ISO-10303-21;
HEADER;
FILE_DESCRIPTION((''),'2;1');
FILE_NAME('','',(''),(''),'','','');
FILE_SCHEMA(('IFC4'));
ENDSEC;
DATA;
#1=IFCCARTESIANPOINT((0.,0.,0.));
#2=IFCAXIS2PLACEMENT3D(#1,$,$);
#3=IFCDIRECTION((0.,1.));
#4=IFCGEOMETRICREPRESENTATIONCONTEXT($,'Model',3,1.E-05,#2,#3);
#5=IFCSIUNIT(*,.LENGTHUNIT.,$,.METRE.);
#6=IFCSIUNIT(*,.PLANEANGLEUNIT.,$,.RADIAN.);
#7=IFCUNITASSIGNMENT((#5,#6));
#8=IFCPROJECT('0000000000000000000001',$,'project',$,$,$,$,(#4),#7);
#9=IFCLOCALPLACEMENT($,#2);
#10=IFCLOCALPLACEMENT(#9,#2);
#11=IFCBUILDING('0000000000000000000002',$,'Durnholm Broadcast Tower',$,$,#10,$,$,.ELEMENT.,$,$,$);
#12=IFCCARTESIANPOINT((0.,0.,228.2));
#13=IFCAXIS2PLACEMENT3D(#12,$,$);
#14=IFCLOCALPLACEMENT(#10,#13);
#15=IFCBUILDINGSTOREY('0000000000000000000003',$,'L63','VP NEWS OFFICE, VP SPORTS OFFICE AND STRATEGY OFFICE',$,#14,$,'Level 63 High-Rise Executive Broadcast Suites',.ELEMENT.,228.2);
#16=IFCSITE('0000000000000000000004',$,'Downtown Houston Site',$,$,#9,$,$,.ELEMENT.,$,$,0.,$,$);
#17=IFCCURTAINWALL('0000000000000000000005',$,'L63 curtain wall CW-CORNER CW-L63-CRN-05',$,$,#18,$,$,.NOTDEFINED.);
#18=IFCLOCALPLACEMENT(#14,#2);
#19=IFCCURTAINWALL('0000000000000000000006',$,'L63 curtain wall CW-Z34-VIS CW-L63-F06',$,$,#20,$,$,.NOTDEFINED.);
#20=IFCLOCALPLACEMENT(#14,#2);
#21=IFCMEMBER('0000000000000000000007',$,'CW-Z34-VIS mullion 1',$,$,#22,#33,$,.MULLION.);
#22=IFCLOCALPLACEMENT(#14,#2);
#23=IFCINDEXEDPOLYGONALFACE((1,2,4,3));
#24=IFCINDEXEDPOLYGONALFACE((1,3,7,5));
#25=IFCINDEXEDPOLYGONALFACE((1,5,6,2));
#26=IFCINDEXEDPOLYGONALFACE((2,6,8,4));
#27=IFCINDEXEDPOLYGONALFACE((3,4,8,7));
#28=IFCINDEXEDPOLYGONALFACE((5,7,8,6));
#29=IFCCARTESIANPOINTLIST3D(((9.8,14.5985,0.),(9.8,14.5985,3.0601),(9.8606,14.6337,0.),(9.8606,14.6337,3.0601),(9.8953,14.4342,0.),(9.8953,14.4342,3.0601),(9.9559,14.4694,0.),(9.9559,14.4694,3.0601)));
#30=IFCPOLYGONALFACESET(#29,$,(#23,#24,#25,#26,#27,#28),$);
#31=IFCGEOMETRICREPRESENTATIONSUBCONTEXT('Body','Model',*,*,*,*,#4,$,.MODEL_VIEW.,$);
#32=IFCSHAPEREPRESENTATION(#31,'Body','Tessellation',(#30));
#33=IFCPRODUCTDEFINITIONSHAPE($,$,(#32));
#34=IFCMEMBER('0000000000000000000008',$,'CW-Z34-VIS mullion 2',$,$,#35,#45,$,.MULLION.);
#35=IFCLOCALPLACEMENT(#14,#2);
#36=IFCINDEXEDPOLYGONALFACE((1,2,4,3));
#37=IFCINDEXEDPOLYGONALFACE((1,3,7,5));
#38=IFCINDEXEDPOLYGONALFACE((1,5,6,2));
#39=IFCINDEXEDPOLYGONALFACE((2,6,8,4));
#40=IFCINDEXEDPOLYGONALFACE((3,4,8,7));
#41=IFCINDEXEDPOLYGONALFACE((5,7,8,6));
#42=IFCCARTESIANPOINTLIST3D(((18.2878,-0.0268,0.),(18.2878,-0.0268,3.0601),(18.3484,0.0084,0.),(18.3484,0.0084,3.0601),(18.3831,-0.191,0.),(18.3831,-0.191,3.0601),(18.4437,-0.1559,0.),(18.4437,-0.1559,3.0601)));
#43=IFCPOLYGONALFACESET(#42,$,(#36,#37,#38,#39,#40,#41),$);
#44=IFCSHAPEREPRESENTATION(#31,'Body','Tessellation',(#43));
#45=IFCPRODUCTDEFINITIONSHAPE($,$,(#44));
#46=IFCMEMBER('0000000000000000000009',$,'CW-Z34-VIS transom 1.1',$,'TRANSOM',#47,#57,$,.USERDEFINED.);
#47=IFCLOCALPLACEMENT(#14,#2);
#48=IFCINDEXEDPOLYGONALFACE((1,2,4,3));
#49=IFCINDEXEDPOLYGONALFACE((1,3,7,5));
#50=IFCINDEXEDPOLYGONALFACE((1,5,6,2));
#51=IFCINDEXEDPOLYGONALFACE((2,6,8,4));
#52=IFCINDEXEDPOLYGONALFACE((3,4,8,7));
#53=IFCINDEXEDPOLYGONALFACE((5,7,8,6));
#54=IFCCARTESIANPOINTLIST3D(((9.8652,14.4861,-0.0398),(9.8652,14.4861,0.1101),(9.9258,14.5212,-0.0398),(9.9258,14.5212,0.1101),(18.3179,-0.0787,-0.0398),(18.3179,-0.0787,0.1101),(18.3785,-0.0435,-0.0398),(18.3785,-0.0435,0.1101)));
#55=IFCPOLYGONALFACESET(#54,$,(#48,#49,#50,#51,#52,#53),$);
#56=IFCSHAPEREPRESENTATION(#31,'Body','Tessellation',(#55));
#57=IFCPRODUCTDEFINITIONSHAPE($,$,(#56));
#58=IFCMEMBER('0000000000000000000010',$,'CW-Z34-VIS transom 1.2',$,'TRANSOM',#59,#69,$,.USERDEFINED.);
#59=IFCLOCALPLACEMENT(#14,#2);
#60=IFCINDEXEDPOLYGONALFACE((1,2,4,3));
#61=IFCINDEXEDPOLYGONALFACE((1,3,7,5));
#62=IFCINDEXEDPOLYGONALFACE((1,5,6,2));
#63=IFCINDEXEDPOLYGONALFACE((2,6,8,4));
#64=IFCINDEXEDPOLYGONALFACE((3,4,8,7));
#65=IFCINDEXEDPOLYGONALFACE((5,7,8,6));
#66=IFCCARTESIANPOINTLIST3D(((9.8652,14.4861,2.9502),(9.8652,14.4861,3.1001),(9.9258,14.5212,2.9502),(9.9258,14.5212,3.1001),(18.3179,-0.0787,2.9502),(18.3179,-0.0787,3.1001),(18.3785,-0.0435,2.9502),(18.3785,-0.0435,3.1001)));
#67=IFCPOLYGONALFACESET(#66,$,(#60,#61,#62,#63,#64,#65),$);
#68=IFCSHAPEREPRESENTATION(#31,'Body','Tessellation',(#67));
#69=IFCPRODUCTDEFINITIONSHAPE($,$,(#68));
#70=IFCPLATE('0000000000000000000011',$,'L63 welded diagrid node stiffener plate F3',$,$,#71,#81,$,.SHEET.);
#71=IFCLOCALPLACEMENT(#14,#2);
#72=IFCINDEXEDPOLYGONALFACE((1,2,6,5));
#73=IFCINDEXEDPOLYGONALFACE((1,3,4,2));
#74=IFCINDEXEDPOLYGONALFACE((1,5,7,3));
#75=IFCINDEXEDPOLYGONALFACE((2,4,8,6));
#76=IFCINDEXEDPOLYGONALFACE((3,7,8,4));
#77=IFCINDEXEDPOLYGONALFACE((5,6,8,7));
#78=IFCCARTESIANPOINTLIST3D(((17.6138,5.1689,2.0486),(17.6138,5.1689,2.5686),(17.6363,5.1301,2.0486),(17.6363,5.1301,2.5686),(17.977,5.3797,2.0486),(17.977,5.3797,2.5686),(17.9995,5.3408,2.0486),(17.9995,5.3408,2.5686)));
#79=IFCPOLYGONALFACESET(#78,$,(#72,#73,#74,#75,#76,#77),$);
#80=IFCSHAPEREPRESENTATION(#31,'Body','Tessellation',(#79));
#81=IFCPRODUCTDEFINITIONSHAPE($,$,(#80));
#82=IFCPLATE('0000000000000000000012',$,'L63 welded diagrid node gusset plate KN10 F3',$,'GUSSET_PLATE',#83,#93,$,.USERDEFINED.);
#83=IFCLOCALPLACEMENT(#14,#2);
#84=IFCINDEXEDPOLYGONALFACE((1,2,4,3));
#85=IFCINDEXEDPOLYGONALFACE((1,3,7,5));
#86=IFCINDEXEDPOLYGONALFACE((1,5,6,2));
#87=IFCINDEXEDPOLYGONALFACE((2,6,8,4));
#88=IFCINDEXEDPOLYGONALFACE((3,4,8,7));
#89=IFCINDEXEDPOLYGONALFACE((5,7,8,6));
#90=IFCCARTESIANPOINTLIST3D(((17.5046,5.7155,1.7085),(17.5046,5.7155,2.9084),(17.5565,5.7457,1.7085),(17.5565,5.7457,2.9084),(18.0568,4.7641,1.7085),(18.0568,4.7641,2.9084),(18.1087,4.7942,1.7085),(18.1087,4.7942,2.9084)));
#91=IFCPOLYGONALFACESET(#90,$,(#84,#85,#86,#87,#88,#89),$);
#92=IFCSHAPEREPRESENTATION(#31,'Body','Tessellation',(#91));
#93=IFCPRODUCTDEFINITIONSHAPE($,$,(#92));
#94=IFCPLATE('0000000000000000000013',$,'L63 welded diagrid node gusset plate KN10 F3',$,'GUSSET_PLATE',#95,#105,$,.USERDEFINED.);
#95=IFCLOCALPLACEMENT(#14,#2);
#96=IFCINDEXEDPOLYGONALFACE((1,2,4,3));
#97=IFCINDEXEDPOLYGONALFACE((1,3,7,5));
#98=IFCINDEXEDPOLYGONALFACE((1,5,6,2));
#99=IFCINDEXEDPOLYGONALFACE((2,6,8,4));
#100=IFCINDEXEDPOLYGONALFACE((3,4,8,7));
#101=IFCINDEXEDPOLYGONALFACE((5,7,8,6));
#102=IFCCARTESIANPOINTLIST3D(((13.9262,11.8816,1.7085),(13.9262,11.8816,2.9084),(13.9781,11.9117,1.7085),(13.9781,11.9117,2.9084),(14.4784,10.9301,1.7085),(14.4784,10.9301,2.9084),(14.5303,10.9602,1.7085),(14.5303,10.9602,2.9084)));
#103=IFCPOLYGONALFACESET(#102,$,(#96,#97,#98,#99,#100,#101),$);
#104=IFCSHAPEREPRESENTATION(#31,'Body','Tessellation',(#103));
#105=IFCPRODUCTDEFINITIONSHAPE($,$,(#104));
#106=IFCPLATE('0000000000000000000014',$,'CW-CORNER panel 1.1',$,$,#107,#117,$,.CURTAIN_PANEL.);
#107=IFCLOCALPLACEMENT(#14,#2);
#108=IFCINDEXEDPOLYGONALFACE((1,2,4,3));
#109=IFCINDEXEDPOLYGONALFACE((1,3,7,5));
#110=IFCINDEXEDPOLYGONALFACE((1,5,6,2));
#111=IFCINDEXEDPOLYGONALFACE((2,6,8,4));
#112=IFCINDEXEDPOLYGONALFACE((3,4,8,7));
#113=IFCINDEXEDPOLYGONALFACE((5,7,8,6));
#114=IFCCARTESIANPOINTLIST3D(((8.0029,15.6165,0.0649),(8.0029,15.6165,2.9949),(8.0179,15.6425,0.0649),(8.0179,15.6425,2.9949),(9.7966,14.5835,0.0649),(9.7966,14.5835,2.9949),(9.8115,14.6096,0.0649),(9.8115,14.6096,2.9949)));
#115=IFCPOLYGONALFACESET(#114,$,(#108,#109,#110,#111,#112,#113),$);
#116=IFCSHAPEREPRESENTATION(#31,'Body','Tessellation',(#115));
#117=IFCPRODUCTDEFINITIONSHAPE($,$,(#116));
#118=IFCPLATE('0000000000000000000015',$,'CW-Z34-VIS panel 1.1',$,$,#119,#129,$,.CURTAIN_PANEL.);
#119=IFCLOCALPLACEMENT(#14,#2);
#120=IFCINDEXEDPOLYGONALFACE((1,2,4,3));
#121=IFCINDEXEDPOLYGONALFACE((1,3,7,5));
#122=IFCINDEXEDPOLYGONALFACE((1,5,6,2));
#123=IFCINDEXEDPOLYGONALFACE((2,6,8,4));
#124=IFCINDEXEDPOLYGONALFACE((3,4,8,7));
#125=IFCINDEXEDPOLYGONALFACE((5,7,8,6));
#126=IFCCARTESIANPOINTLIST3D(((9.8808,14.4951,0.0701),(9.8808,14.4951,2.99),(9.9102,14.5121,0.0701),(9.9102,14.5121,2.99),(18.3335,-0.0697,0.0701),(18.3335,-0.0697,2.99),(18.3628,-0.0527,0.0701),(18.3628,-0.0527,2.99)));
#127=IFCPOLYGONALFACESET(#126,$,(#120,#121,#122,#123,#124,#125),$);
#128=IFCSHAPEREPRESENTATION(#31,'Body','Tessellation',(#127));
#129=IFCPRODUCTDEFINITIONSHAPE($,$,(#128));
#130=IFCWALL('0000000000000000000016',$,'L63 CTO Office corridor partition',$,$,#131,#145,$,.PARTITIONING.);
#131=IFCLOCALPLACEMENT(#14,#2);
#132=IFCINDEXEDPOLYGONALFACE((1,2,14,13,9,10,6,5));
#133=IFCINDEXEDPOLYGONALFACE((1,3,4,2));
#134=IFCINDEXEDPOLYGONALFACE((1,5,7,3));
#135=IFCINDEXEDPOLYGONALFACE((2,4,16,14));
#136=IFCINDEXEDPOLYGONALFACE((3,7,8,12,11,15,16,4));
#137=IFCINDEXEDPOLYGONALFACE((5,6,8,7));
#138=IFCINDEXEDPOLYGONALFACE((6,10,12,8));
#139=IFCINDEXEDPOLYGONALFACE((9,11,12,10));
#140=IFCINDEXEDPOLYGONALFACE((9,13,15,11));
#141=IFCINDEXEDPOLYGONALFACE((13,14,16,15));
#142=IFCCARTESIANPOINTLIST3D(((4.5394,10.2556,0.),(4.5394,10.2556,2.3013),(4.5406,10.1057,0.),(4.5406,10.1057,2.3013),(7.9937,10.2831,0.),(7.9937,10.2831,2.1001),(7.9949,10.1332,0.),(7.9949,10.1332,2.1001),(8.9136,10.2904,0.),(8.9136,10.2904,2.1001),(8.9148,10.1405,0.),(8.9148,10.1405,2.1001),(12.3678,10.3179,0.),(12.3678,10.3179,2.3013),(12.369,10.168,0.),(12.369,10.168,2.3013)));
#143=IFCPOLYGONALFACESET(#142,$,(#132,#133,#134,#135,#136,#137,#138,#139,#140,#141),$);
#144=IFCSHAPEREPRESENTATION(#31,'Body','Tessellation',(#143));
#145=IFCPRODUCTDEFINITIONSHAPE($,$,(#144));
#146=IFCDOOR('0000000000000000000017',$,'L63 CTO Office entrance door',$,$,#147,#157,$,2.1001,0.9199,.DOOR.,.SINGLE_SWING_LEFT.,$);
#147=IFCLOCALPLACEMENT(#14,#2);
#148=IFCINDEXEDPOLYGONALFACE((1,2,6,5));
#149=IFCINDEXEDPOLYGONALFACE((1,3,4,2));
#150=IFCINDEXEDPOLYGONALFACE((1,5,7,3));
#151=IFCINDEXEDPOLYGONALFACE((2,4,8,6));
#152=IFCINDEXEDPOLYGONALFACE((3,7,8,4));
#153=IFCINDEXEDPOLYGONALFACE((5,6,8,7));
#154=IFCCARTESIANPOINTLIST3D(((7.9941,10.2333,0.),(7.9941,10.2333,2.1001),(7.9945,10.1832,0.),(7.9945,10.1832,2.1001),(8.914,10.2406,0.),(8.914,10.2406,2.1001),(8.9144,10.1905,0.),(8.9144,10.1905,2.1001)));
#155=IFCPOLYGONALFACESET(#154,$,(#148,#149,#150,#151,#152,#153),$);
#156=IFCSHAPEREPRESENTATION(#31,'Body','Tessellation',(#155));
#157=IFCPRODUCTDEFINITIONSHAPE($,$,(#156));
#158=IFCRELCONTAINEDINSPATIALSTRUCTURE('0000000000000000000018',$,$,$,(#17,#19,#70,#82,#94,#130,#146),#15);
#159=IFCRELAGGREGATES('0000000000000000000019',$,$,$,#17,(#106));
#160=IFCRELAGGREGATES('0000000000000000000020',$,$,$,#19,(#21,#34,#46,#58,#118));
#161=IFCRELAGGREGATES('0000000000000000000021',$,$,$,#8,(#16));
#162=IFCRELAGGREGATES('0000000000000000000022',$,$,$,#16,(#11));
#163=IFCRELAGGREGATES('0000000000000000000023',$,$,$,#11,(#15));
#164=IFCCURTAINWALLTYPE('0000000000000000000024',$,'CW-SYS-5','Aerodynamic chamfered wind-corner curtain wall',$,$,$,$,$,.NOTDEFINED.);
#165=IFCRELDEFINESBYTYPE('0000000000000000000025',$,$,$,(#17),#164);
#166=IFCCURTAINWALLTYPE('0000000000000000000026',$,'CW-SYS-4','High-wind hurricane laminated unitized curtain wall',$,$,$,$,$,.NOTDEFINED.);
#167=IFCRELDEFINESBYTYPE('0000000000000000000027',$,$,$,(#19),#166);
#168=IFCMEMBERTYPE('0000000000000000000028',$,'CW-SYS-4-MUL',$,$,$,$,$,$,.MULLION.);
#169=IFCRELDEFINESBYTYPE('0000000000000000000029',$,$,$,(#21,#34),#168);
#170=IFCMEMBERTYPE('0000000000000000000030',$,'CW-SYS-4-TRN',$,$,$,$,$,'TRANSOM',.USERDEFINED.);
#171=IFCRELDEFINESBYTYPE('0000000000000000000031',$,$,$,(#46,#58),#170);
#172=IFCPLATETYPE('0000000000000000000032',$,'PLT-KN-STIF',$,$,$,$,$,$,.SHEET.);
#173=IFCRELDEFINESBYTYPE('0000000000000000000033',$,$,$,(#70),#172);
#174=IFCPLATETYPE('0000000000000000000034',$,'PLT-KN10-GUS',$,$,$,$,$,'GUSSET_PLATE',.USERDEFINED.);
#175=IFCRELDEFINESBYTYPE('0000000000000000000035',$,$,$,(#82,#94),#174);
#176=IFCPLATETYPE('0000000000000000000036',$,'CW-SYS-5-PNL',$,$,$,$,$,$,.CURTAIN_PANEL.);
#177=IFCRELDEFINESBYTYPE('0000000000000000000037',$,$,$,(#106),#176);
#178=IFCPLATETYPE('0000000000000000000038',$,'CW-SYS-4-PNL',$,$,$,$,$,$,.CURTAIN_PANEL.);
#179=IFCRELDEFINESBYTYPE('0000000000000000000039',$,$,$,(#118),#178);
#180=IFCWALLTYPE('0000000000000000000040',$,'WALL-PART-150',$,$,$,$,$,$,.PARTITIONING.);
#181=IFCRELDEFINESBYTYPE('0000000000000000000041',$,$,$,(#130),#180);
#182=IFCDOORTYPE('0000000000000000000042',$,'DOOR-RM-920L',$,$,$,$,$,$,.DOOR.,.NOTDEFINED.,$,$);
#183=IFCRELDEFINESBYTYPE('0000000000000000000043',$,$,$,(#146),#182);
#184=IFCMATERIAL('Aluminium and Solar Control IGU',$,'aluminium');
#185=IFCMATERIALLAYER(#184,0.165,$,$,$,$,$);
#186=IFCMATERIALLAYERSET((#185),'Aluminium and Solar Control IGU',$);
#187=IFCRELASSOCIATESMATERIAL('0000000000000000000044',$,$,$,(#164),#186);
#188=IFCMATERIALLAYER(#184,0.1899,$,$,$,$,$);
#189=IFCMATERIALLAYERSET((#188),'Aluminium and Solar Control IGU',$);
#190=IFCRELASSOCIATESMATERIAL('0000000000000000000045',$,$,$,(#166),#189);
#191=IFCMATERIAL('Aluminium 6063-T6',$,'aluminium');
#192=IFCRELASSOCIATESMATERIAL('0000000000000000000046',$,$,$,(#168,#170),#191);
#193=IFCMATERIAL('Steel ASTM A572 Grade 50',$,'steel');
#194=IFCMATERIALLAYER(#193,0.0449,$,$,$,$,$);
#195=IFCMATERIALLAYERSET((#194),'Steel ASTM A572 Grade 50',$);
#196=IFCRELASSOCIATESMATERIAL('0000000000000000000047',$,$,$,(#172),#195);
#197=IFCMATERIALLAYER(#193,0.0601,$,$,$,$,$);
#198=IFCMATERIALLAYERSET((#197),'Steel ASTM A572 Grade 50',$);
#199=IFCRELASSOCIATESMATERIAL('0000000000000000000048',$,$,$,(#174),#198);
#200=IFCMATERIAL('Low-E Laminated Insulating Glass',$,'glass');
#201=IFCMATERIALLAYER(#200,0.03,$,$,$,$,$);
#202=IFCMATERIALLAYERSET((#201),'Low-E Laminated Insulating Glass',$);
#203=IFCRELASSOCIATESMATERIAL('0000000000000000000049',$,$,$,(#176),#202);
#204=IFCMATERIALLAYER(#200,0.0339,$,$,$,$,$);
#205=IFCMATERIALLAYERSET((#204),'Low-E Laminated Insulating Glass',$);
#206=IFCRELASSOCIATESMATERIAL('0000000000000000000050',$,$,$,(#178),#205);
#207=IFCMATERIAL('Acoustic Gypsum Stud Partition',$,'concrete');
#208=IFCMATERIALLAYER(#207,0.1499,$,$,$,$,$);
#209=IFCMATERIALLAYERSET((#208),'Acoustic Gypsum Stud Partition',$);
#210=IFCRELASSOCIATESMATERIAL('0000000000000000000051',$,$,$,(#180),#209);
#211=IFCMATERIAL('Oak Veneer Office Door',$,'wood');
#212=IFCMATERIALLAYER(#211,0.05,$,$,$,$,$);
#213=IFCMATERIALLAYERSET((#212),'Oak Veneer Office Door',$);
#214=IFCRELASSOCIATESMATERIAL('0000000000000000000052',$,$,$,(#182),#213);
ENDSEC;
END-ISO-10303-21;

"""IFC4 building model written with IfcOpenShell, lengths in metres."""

from ifc_helpers import new_model, si_unit, direction, frame, frame_2d, origin, origin_2d, place, context, subcontext, project, spatial, rectangle, extrude, source, transform, mapped, material, layer, layer_set, material_profile, profile_set, type_object, type_shapes, element, fill, aggregate, save


model = new_model("IFC4")

# Units and contexts
model_context = context("Model", 3, precision=1e-05, world=origin(), true_north=direction((0.0, 1.0)))
body_context = subcontext(model_context, "Body", "Model", "MODEL_VIEW")
ifc_project = project(units=[si_unit("LENGTHUNIT", "METRE"), si_unit("PLANEANGLEUNIT", "RADIAN")], contexts=[model_context])

# Site, building, storey
site_placement = place(None, origin())
site = spatial("IfcSite", under=ifc_project, at=site_placement, Name="Downtown Houston Site", CompositionType="ELEMENT", RefElevation=0.0)
building_placement = place(site_placement, origin())
building = spatial("IfcBuilding", under=site, at=building_placement, Name="Durnholm Broadcast Tower", CompositionType="ELEMENT")
storey_placement = place(building_placement, frame((0.0, 0.0, 228.2)))
storey = spatial("IfcBuildingStorey", under=building, at=storey_placement, Name="L63", Description="VP NEWS OFFICE, VP SPORTS OFFICE AND STRATEGY OFFICE", LongName="Level 63 High-Rise Executive Broadcast Suites", CompositionType="ELEMENT", Elevation=228.2)

# Curtain wall
ifc_material_1 = material(Name="Aluminium and Solar Control IGU", Category="aluminium")
ifc_layer_1 = layer(ifc_material_1, 0.165)
ifc_layer_set_1 = layer_set([ifc_layer_1], Name="Aluminium and Solar Control IGU")
curtain_wall_type_1 = type_object("IfcCurtainWallType", Name="CW-SYS-5", Description="Aerodynamic chamfered wind-corner curtain wall", PredefinedType="NOTDEFINED", material=ifc_layer_set_1)
curtain_wall_1_placement = place(storey_placement, origin())
curtain_wall_1 = element("IfcCurtainWall", 1, at=curtain_wall_1_placement, inside=storey, type_object=curtain_wall_type_1, Name="L63 curtain wall CW-CORNER CW-L63-CRN-05", PredefinedType="NOTDEFINED")
ifc_material_2 = material(Name="Aluminium 6063-T6", Category="aluminium")

# Curtain wall, members
ifc_layer_2 = layer(ifc_material_1, 0.1899)
ifc_layer_set_2 = layer_set([ifc_layer_2], Name="Aluminium and Solar Control IGU")
curtain_wall_type_2 = type_object("IfcCurtainWallType", Name="CW-SYS-4", Description="High-wind hurricane laminated unitized curtain wall", PredefinedType="NOTDEFINED", material=ifc_layer_set_2)
curtain_wall_2_placement = place(storey_placement, origin())
curtain_wall_2 = element("IfcCurtainWall", 2, at=curtain_wall_2_placement, inside=storey, type_object=curtain_wall_type_2, Name="L63 curtain wall CW-Z34-VIS CW-L63-F06", PredefinedType="NOTDEFINED")
ifc_material_profile_1 = material_profile(ifc_material_2, rectangle(XDim=0.0701, YDim=0.1899, at=origin_2d()), Name="CWM70X190")
ifc_profile_set_1 = profile_set([ifc_material_profile_1], Name="Aluminium 6063-T6")
member_type_1 = type_object("IfcMemberType", Name="CW-SYS-4-MUL", PredefinedType="MULLION", material=ifc_profile_set_1)
shared_shape_1 = source(origin(), body_context, "Body", "SweptSolid", [
    extrude(rectangle(XDim=0.0701, YDim=0.1899, at=origin_2d()), origin(), (0.0, 0.0, 1.0), 3.0601),
])
type_shapes(member_type_1, [shared_shape_1])
member_1_placement = place(storey_placement, frame((9.8779, 14.5339, 0.0), z_axis=(0.0, 0.0, 1.0), x_axis=(0.8649, 0.501944, 0.0)))
member_1 = element("IfcMember", 3, at=member_1_placement, type_object=member_type_1, Name="CW-Z34-VIS mullion 1", PredefinedType="MULLION", context=body_context, shape_type="MappedRepresentation", body=[
    mapped(shared_shape_1, transform((0.0, 0.0, 0.0), x_axis=(1.0, 0.0, 0.0), y_axis=(0.0, 1.0, 0.0), z_axis=(0.0, 0.0, 1.0), scale=1.0)),
])
member_2_placement = place(storey_placement, frame((18.3657, -0.0913, 0.0), z_axis=(0.0, 0.0, 1.0), x_axis=(0.8649, 0.501944, 0.0)))
member_2 = element("IfcMember", 4, at=member_2_placement, type_object=member_type_1, Name="CW-Z34-VIS mullion 2", PredefinedType="MULLION", context=body_context, shape_type="MappedRepresentation", body=[
    mapped(shared_shape_1, transform((0.0, 0.0, 0.0), x_axis=(1.0, 0.0, 0.0), y_axis=(0.0, 1.0, 0.0), z_axis=(0.0, 0.0, 1.0), scale=1.0)),
])
ifc_material_profile_2 = material_profile(ifc_material_2, rectangle(XDim=0.0701, YDim=0.1499, at=origin_2d()), Name="CWT70X150")
ifc_profile_set_2 = profile_set([ifc_material_profile_2], Name="Aluminium 6063-T6")
member_type_2 = type_object("IfcMemberType", Name="CW-SYS-4-TRN", ElementType="TRANSOM", PredefinedType="USERDEFINED", material=ifc_profile_set_2)
shared_shape_2 = source(origin(), body_context, "Body", "SweptSolid", [
    extrude(rectangle(XDim=0.0701, YDim=0.1499, at=origin_2d()), origin(), (0.0, 0.0, 1.0), 16.8398),
])
type_shapes(member_type_2, [shared_shape_2])
member_3_placement = place(storey_placement, frame((9.8955, 14.5037, 0.0352), z_axis=(0.501945, -0.864899, 0.0), x_axis=(0.864899, 0.501945, 0.0)))
member_3 = element("IfcMember", 5, at=member_3_placement, type_object=member_type_2, Name="CW-Z34-VIS transom 1.1", ObjectType="TRANSOM", PredefinedType="USERDEFINED", context=body_context, shape_type="MappedRepresentation", body=[
    mapped(shared_shape_2, transform((0.0, 0.0, 0.0), x_axis=(1.0, 0.0, 0.0), y_axis=(0.0, 1.0, 0.0), z_axis=(0.0, 0.0, 1.0), scale=1.0)),
])
member_4_placement = place(storey_placement, frame((9.8955, 14.5037, 3.0251), z_axis=(0.501945, -0.864899, 0.0), x_axis=(0.864899, 0.501945, 0.0)))
member_4 = element("IfcMember", 6, at=member_4_placement, type_object=member_type_2, Name="CW-Z34-VIS transom 1.2", ObjectType="TRANSOM", PredefinedType="USERDEFINED", context=body_context, shape_type="MappedRepresentation", body=[
    mapped(shared_shape_2, transform((0.0, 0.0, 0.0), x_axis=(1.0, 0.0, 0.0), y_axis=(0.0, 1.0, 0.0), z_axis=(0.0, 0.0, 1.0), scale=1.0)),
])

# Plates
ifc_material_3 = material(Name="Steel ASTM A572 Grade 50", Category="steel")
ifc_layer_3 = layer(ifc_material_3, 0.0449)
ifc_layer_set_3 = layer_set([ifc_layer_3], Name="Steel ASTM A572 Grade 50")
plate_type_1 = type_object("IfcPlateType", Name="PLT-KN-STIF", PredefinedType="SHEET", material=ifc_layer_set_3)
shared_shape_3 = source(origin(), body_context, "Body", "SweptSolid", [
    extrude(rectangle(XDim=0.0449, YDim=0.4199, at=origin_2d()), origin(), (0.0, 0.0, 1.0), 0.52),
])
type_shapes(plate_type_1, [shared_shape_3])
plate_1_placement = place(storey_placement, frame((17.8066, 5.2549, 2.0486), z_axis=(0.0, 0.0, 1.0), x_axis=(-0.501964, 0.864889, 0.0)))
element("IfcPlate", 7, at=plate_1_placement, inside=storey, type_object=plate_type_1, Name="L63 welded diagrid node stiffener plate F3", PredefinedType="SHEET", context=body_context, shape_type="MappedRepresentation", body=[
    mapped(shared_shape_3, transform((0.0, 0.0, 0.0), x_axis=(1.0, 0.0, 0.0), y_axis=(0.0, 1.0, 0.0), z_axis=(0.0, 0.0, 1.0), scale=1.0)),
])
ifc_layer_4 = layer(ifc_material_3, 0.0601)
ifc_layer_set_4 = layer_set([ifc_layer_4], Name="Steel ASTM A572 Grade 50")
plate_type_2 = type_object("IfcPlateType", Name="PLT-KN10-GUS", ElementType="GUSSET_PLATE", PredefinedType="USERDEFINED", material=ifc_layer_set_4)
shared_shape_4 = source(origin(), body_context, "Body", "SweptSolid", [
    extrude(rectangle(XDim=1.1001, YDim=0.0601, at=origin_2d()), origin(), (0.0, 0.0, 1.0), 1.2),
])
type_shapes(plate_type_2, [shared_shape_4])
for number, where, z_axis, x_axis, name in (
    (8, (17.8066, 5.2549, 1.7085), (0.0, 0.0, 1.0), (-0.501964, 0.864889, 0.0), "L63 welded diagrid node gusset plate KN10 F3"),
    (9, (14.2283, 11.4209, 1.7085), (0.0, 0.0, 1.0), (-0.501964, 0.864889, 0.0), "L63 welded diagrid node gusset plate KN10 F3"),
):
    element("IfcPlate", number, at=place(storey_placement, frame(where, z_axis=z_axis, x_axis=x_axis)), inside=storey, type_object=plate_type_2, Name=name, ObjectType="GUSSET_PLATE", PredefinedType="USERDEFINED", context=body_context, shape_type="MappedRepresentation", body=[
        mapped(shared_shape_4, transform((0.0, 0.0, 0.0), x_axis=(1.0, 0.0, 0.0), y_axis=(0.0, 1.0, 0.0), z_axis=(0.0, 0.0, 1.0), scale=1.0)),
    ])

# Plates
ifc_material_4 = material(Name="Low-E Laminated Insulating Glass", Category="glass")
ifc_layer_5 = layer(ifc_material_4, 0.03)
ifc_layer_set_5 = layer_set([ifc_layer_5], Name="Low-E Laminated Insulating Glass")
plate_type_3 = type_object("IfcPlateType", Name="CW-SYS-5-PNL", PredefinedType="CURTAIN_PANEL", material=ifc_layer_set_5)
shared_shape_5 = source(origin(), body_context, "Body", "SweptSolid", [
    extrude(rectangle(XDim=2.0698, YDim=0.03, at=origin_2d()), origin(), (0.0, 0.0, 1.0), 2.9299),
])
type_shapes(plate_type_3, [shared_shape_5])
plate_2_placement = place(storey_placement, frame((8.9072, 15.113, 0.0649), z_axis=(0.0, 0.0, 1.0), x_axis=(0.866568, -0.499059, 0.0)))
plate_2 = element("IfcPlate", 10, at=plate_2_placement, type_object=plate_type_3, Name="CW-CORNER panel 1.1", PredefinedType="CURTAIN_PANEL", context=body_context, shape_type="MappedRepresentation", body=[
    mapped(shared_shape_5, transform((0.0, 0.0, 0.0), x_axis=(1.0, 0.0, 0.0), y_axis=(0.0, 1.0, 0.0), z_axis=(0.0, 0.0, 1.0), scale=1.0)),
])
aggregate(curtain_wall_1, [plate_2])
ifc_layer_6 = layer(ifc_material_4, 0.0339)
ifc_layer_set_6 = layer_set([ifc_layer_6], Name="Low-E Laminated Insulating Glass")
plate_type_4 = type_object("IfcPlateType", Name="CW-SYS-4-PNL", PredefinedType="CURTAIN_PANEL", material=ifc_layer_set_6)
shared_shape_6 = source(origin(), body_context, "Body", "SweptSolid", [
    extrude(rectangle(XDim=16.8398, YDim=0.0339, at=origin_2d()), origin(), (0.0, 0.0, 1.0), 2.9199),
])
type_shapes(plate_type_4, [shared_shape_6])
plate_3_placement = place(storey_placement, frame((14.1218, 7.2212, 0.0701), z_axis=(0.0, 0.0, 1.0), x_axis=(0.501944, -0.8649, 0.0)))
plate_3 = element("IfcPlate", 11, at=plate_3_placement, type_object=plate_type_4, Name="CW-Z34-VIS panel 1.1", PredefinedType="CURTAIN_PANEL", context=body_context, shape_type="MappedRepresentation", body=[
    mapped(shared_shape_6, transform((0.0, 0.0, 0.0), x_axis=(1.0, 0.0, 0.0), y_axis=(0.0, 1.0, 0.0), z_axis=(0.0, 0.0, 1.0), scale=1.0)),
])
aggregate(curtain_wall_2, [member_1, member_2, member_3, member_4, plate_3])

# Wall, opening, door
ifc_material_5 = material(Name="Acoustic Gypsum Stud Partition", Category="concrete")
ifc_layer_7 = layer(ifc_material_5, 0.1499)
ifc_layer_set_7 = layer_set([ifc_layer_7], Name="Acoustic Gypsum Stud Partition")
wall_type_1 = type_object("IfcWallType", Name="WALL-PART-150", PredefinedType="PARTITIONING", material=ifc_layer_set_7)
wall_1_placement = place(storey_placement, frame((12.3684, 10.2429, 0.0), z_axis=(0.0, 0.0, 1.0), x_axis=(-0.999968, -0.007952, 0.0)))
wall_1 = element("IfcWall", 12, at=wall_1_placement, inside=storey, type_object=wall_type_1, Name="L63 CTO Office corridor partition", PredefinedType="PARTITIONING", context=body_context, shape_type="SweptSolid", body=[
    extrude(rectangle(XDim=7.8286, YDim=0.1499, at=frame_2d((3.9143, 0.0))), origin(), (0.0, 0.0, 1.0), 2.3013),
])
opening_1_placement = place(wall_1_placement, frame((3.4543, 0.0, 0.0)))
opening_1 = element("IfcOpeningElement", 13, at=opening_1_placement, cuts=wall_1, PredefinedType="OPENING", context=body_context, shape_type="SweptSolid", body=[
    extrude(rectangle(XDim=0.9199, YDim=2.1001, at=frame_2d((0.46, 1.05))), frame((0.0, 0.085, 0.0), z_axis=(0.0, -1.0, 0.0), x_axis=(1.0, 0.0, 0.0)), (0.0, 0.0, 1.0), 0.1699),
])
ifc_material_6 = material(Name="Oak Veneer Office Door", Category="wood")
ifc_layer_8 = layer(ifc_material_6, 0.05)
ifc_layer_set_8 = layer_set([ifc_layer_8], Name="Oak Veneer Office Door")
door_type = type_object("IfcDoorType", Name="DOOR-RM-920L", OperationType="NOTDEFINED", PredefinedType="DOOR", material=ifc_layer_set_8)
shared_shape_7 = source(origin(), body_context, "Body", "SweptSolid", [
    extrude(rectangle(XDim=0.9199, YDim=2.1001, at=frame_2d((0.46, 1.05))), frame((0.0, 0.0249, 0.0), z_axis=(0.0, -1.0, 0.0), x_axis=(1.0, 0.0, 0.0)), (0.0, 0.0, 1.0), 0.05),
])
type_shapes(door_type, [shared_shape_7])
door_1_placement = place(opening_1_placement, origin())
door_1 = element("IfcDoor", 14, at=door_1_placement, inside=storey, type_object=door_type, Name="L63 CTO Office entrance door", OperationType="SINGLE_SWING_LEFT", OverallHeight=2.1001, OverallWidth=0.9199, PredefinedType="DOOR", context=body_context, shape_type="MappedRepresentation", body=[
    mapped(shared_shape_7, transform((0.0, 0.0, 0.0), x_axis=(1.0, 0.0, 0.0), y_axis=(0.0, 1.0, 0.0), z_axis=(0.0, 0.0, 1.0), scale=1.0)),
])
fill(opening_1, door_1)

save(model, "model.ifc")
